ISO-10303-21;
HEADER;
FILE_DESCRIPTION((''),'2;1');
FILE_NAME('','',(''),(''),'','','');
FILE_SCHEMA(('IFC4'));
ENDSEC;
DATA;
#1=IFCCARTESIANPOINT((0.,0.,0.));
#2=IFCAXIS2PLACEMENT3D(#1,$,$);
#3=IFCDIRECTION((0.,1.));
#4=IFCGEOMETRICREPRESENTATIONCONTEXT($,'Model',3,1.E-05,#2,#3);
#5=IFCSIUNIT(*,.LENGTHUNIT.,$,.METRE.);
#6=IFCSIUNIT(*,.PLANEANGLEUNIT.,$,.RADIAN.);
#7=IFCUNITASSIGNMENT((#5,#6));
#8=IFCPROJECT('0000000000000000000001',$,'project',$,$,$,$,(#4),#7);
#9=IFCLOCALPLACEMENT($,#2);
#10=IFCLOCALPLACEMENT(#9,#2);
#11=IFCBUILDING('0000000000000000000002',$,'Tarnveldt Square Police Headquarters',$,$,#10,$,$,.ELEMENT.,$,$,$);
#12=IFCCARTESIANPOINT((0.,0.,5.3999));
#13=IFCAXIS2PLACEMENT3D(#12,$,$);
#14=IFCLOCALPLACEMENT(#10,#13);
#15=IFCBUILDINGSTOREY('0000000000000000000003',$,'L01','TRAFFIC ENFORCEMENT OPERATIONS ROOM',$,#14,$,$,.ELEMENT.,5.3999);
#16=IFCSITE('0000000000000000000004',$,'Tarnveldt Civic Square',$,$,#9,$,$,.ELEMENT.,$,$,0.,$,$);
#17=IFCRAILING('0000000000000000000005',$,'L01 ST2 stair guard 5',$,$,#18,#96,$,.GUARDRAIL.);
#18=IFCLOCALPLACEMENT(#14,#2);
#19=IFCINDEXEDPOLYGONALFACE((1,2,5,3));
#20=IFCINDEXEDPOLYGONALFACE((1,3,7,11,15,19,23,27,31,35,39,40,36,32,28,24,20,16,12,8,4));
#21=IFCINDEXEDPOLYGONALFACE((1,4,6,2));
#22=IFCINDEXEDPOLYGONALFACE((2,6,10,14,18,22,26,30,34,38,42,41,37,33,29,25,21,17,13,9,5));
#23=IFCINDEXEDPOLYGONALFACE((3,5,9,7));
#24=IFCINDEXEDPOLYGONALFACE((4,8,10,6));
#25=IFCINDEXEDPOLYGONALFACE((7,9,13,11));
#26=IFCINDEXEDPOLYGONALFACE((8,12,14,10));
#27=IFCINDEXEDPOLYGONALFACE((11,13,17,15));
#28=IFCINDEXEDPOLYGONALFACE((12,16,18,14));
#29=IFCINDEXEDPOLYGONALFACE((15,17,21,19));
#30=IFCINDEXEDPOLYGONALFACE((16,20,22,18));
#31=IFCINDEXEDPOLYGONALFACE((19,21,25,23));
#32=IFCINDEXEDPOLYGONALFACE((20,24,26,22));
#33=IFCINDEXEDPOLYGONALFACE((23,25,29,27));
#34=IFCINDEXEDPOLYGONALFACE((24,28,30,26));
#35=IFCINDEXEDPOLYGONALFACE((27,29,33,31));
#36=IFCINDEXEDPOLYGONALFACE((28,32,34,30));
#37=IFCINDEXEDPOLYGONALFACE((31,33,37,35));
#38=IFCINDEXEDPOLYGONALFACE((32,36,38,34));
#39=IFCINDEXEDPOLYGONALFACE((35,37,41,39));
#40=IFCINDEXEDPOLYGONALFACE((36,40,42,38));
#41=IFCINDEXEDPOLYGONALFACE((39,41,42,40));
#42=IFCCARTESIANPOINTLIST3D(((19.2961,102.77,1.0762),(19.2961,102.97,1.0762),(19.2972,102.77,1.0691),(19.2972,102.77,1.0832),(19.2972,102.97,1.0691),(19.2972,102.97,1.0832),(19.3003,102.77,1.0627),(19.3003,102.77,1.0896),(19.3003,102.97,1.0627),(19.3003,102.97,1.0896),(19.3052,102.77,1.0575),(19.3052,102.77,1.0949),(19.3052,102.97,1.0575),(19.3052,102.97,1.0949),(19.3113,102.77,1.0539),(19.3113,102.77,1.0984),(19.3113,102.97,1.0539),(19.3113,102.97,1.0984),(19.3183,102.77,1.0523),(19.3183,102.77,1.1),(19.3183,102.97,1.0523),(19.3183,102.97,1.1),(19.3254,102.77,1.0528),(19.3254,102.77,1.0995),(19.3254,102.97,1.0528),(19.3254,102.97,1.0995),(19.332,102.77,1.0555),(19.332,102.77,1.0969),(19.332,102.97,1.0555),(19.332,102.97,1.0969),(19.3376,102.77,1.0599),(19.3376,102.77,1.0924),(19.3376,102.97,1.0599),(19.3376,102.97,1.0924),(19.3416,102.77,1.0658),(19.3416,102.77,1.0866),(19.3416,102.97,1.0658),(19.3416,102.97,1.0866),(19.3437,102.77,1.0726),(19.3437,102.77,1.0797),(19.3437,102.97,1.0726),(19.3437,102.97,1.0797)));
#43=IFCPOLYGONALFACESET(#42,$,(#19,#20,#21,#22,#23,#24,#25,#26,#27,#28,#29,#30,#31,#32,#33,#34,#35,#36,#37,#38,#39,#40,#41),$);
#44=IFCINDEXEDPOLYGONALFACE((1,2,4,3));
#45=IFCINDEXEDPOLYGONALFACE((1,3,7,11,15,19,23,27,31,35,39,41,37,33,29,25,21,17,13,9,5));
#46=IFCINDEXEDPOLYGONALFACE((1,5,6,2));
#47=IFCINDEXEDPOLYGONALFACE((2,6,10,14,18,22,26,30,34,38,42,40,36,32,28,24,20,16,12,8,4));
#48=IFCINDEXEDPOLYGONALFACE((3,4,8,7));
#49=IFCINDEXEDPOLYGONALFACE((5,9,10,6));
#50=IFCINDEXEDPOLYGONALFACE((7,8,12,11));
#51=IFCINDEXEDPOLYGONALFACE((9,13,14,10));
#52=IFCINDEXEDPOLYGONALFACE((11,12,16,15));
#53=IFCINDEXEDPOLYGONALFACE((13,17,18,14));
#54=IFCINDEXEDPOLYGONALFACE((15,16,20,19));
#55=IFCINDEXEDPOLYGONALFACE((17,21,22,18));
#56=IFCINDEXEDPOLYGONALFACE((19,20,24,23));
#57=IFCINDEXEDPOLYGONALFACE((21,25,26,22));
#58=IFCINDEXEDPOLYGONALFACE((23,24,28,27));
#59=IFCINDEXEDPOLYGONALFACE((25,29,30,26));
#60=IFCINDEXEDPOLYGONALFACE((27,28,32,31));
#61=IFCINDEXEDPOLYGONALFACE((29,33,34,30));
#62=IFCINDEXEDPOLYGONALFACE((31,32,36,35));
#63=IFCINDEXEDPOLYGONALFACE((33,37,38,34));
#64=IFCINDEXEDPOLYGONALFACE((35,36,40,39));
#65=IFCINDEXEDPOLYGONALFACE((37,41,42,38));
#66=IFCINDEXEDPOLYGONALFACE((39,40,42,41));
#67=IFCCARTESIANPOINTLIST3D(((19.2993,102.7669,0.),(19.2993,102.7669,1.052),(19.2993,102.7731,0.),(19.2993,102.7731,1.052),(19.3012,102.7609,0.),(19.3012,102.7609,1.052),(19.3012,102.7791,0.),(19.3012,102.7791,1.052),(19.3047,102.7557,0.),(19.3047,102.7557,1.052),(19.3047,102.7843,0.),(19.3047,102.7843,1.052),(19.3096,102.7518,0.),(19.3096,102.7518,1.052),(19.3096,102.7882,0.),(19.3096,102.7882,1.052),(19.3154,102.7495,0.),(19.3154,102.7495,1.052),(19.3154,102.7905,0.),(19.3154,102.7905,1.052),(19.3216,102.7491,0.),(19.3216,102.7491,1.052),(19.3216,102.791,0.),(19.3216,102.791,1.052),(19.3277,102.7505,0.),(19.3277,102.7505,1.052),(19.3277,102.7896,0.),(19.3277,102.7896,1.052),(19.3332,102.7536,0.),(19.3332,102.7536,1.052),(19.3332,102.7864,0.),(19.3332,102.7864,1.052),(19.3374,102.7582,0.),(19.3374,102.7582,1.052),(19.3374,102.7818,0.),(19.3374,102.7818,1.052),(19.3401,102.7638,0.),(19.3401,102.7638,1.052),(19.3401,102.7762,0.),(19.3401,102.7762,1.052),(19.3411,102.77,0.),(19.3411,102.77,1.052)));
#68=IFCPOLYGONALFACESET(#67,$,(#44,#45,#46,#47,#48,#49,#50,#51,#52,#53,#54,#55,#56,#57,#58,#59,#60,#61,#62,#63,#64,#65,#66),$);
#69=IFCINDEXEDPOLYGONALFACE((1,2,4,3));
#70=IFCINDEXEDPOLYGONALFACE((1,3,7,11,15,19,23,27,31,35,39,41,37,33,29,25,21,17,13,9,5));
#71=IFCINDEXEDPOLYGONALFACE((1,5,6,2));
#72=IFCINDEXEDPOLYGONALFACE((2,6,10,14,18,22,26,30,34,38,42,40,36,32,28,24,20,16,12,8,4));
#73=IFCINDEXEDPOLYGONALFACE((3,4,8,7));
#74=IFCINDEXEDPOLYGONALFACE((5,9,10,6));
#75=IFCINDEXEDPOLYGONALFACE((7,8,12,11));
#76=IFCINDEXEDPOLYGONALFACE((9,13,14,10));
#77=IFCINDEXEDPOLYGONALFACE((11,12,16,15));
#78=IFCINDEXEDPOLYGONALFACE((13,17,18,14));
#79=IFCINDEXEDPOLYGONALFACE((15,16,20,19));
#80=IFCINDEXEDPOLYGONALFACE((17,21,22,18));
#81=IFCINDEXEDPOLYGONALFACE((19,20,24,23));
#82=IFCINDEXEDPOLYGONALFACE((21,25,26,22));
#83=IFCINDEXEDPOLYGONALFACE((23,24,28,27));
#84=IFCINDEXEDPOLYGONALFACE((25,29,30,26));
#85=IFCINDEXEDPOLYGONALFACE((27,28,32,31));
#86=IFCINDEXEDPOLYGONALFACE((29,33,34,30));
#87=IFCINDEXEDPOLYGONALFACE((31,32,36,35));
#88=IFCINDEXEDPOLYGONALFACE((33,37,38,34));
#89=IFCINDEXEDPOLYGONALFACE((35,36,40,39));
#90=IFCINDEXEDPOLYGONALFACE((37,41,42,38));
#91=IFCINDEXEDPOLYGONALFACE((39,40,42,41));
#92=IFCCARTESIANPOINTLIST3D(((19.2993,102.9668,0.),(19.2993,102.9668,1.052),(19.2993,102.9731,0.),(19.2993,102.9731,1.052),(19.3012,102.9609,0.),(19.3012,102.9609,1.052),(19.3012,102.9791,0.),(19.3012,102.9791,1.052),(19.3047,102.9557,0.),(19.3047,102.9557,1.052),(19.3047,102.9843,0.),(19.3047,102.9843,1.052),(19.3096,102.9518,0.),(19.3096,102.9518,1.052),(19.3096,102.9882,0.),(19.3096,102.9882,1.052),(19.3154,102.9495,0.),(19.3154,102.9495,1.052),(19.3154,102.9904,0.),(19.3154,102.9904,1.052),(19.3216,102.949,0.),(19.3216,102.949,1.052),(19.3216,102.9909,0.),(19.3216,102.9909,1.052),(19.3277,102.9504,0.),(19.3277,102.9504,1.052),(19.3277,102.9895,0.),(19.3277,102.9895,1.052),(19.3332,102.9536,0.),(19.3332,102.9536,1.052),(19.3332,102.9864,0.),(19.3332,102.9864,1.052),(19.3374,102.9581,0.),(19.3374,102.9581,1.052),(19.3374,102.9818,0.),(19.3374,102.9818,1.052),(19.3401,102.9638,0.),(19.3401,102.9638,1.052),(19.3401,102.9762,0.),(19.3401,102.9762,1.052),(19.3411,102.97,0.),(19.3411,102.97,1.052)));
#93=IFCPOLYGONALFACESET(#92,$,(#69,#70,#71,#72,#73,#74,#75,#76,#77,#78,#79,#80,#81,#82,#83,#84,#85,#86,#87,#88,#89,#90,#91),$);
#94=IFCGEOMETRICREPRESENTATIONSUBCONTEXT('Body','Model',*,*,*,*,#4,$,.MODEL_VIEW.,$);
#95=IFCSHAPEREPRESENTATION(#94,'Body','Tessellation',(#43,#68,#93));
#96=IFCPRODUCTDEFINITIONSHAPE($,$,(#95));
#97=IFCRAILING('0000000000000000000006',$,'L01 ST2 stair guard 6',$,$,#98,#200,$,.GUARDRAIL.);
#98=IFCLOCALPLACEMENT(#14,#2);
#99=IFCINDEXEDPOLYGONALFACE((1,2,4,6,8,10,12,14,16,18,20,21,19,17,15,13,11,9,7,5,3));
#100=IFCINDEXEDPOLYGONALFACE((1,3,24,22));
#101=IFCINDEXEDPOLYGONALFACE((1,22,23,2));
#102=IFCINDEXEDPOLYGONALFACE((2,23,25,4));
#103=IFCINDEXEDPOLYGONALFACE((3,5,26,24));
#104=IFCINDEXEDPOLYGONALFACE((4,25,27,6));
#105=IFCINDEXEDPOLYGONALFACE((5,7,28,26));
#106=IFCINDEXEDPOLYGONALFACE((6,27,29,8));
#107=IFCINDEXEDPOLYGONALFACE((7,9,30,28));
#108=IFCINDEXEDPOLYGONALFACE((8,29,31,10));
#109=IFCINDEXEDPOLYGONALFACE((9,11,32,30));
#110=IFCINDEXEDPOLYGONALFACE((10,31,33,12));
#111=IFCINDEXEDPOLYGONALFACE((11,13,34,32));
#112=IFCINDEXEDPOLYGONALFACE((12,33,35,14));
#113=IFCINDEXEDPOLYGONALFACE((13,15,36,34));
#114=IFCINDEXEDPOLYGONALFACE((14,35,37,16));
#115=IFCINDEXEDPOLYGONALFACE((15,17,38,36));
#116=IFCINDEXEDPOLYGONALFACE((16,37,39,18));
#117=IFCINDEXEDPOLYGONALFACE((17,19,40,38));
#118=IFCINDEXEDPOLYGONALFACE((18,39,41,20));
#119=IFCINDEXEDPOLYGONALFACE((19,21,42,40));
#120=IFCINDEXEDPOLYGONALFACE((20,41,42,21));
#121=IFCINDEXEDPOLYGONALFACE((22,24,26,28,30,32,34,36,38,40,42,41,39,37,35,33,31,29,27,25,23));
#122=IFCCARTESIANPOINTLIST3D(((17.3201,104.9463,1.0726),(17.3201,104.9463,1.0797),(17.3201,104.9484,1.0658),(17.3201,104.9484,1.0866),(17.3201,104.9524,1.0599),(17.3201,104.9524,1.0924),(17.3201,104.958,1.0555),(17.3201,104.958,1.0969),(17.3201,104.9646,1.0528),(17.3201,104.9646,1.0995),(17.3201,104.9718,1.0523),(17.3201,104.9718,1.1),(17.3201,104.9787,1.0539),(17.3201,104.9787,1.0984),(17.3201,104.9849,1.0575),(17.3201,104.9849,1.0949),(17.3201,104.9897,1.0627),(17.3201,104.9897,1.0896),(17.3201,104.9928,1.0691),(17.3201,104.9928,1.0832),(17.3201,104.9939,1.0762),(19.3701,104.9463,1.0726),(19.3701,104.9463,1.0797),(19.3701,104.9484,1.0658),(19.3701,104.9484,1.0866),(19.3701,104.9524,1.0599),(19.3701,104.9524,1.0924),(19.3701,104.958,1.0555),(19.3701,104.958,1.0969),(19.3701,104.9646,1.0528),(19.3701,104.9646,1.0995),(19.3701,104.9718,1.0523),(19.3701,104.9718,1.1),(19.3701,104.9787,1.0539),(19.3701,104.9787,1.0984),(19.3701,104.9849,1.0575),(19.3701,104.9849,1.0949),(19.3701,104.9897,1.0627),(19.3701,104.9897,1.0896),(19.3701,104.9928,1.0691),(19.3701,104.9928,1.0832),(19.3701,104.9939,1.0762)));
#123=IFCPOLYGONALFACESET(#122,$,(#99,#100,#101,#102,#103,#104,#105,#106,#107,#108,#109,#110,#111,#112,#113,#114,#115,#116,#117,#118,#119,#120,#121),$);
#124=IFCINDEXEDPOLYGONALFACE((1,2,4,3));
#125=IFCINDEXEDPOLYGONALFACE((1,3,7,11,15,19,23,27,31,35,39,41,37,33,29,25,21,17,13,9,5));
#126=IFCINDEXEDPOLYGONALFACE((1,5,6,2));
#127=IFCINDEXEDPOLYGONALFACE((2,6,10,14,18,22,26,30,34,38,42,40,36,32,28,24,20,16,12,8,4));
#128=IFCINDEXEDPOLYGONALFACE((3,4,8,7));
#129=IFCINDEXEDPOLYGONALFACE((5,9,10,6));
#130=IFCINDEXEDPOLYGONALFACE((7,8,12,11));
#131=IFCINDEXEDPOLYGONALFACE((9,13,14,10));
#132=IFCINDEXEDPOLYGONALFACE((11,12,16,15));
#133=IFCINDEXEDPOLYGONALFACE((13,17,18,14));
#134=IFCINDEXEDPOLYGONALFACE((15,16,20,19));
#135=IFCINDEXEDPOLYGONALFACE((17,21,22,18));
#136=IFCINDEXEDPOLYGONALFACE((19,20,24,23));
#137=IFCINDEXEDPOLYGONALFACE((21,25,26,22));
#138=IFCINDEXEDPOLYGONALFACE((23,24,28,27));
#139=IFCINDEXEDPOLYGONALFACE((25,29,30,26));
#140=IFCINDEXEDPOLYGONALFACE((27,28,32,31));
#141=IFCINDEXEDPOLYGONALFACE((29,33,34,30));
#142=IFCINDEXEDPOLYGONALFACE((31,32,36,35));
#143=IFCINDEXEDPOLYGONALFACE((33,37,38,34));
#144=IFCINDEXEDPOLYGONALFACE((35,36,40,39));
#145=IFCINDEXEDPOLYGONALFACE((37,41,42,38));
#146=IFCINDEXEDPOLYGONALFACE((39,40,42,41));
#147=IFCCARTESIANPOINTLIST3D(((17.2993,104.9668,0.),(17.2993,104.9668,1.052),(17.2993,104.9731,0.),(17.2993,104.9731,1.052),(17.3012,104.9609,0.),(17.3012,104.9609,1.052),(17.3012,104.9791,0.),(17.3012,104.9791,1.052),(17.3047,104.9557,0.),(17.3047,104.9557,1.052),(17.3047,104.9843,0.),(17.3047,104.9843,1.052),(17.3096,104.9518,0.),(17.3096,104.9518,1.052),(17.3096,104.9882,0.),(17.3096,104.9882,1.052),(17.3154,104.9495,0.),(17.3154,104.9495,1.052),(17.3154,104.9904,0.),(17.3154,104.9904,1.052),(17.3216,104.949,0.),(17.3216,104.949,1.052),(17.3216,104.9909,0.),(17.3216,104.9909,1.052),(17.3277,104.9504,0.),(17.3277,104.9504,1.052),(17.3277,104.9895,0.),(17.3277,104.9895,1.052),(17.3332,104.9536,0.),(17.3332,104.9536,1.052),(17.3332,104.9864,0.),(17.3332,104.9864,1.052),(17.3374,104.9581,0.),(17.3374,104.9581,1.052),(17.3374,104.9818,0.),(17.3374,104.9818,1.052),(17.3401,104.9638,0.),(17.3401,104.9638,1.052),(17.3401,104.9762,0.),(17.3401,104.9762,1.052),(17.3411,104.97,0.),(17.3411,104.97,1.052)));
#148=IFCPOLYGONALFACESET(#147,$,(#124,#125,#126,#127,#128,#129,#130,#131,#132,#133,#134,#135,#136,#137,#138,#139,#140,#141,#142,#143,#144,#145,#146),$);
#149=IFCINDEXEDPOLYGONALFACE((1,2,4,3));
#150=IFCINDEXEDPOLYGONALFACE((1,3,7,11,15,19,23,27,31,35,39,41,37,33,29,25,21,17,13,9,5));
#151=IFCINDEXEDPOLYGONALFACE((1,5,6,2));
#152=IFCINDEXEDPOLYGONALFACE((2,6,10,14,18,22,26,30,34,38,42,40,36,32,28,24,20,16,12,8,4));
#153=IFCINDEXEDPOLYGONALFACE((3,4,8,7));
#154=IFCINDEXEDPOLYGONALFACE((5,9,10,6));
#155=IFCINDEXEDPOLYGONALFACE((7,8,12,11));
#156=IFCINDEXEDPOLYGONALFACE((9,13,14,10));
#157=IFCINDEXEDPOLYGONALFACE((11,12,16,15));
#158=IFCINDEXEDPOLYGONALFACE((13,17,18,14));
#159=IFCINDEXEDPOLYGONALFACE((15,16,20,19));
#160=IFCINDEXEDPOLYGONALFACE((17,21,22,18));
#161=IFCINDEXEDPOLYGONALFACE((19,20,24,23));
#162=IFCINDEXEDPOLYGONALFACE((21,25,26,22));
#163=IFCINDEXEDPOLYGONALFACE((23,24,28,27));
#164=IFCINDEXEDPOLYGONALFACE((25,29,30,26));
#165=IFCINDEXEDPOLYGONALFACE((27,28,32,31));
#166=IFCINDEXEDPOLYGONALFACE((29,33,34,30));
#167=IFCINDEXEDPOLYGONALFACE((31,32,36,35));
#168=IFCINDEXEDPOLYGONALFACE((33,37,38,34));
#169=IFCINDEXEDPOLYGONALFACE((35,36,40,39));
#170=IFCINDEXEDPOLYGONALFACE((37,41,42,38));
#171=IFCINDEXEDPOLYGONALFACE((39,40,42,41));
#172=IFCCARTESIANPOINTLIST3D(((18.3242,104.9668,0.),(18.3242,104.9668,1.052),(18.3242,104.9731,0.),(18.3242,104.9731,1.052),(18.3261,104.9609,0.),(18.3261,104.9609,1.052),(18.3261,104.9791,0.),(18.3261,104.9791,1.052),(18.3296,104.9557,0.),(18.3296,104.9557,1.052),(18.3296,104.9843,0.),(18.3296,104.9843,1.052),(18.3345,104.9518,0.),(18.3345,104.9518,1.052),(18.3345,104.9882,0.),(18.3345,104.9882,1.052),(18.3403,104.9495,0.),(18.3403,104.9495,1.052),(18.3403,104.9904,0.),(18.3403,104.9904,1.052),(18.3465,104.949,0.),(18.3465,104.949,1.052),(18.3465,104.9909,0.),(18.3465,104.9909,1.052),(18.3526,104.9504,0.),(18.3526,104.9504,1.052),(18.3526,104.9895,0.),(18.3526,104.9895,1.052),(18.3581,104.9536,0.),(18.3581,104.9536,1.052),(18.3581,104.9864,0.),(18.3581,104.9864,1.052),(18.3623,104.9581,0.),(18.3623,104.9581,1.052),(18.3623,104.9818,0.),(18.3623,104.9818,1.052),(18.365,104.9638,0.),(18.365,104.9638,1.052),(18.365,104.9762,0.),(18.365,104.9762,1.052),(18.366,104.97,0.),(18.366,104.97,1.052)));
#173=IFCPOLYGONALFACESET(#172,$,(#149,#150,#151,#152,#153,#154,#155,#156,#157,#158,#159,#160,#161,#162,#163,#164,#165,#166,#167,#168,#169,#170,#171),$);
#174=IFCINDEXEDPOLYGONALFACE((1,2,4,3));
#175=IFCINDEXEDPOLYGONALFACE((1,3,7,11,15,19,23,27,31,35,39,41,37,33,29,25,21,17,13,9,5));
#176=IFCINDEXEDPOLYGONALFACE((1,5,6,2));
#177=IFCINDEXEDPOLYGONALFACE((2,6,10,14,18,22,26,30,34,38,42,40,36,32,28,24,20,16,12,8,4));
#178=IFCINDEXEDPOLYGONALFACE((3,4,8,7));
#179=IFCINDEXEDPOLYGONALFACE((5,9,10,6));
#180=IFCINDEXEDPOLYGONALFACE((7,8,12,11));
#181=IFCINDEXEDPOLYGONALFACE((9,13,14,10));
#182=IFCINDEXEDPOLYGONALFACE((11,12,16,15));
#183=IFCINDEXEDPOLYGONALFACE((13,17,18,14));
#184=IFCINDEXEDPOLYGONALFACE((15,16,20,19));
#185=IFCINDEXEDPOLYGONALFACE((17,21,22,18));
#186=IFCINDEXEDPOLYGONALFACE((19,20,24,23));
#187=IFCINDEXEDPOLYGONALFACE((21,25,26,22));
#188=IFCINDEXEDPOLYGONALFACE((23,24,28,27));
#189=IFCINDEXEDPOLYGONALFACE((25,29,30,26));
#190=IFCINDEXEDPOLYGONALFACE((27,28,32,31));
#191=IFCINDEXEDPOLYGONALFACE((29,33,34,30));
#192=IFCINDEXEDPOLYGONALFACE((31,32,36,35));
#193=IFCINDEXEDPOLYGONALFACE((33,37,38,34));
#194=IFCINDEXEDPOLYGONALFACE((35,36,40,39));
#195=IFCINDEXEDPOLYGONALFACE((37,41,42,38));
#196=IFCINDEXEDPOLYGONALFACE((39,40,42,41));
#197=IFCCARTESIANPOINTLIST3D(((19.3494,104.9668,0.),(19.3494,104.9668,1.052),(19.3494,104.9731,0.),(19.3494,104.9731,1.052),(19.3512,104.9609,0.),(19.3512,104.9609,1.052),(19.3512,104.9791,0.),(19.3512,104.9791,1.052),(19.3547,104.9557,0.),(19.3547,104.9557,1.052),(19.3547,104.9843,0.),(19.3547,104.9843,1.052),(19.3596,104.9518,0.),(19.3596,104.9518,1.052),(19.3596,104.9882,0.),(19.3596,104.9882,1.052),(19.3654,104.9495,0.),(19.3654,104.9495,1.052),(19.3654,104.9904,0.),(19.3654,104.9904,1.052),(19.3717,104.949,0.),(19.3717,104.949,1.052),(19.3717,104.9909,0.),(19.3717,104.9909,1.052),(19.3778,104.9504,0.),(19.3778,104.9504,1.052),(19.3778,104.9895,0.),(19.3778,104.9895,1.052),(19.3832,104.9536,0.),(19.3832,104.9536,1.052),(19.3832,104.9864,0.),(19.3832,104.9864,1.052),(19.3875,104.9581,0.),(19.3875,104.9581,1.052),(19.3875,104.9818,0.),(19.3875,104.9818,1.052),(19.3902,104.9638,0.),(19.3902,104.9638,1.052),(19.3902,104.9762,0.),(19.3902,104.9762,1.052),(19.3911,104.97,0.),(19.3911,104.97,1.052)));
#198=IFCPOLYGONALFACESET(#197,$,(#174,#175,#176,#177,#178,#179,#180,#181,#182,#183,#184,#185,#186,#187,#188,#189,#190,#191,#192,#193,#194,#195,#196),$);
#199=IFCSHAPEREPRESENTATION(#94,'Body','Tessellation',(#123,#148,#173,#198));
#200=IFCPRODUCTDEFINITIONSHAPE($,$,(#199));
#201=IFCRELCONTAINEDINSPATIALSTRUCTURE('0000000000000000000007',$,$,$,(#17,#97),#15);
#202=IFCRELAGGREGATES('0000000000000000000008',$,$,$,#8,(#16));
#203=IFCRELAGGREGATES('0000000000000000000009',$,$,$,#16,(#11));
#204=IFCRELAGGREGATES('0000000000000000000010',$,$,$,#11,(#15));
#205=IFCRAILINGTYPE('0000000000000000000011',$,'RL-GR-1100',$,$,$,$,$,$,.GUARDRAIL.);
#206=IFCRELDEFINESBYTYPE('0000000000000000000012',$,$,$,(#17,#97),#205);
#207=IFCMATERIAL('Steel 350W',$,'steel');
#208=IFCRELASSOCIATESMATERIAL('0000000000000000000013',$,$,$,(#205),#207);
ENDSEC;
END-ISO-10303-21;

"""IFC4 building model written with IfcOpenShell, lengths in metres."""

from ifc_helpers import new_model, si_unit, direction, frame, origin, origin_2d, place, context, subcontext, project, spatial, circle, extrude, material, type_object, element, save


model = new_model("IFC4")

# Units and contexts
model_context = context("Model", 3, precision=1e-05, world=origin(), true_north=direction((0.0, 1.0)))
body_context = subcontext(model_context, "Body", "Model", "MODEL_VIEW")
ifc_project = project(units=[si_unit("LENGTHUNIT", "METRE"), si_unit("PLANEANGLEUNIT", "RADIAN")], contexts=[model_context])

# Site, building, storey
site_placement = place(None, origin())
site = spatial("IfcSite", under=ifc_project, at=site_placement, Name="Tarnveldt Civic Square", CompositionType="ELEMENT", RefElevation=0.0)
building_placement = place(site_placement, origin())
building = spatial("IfcBuilding", under=site, at=building_placement, Name="Tarnveldt Square Police Headquarters", CompositionType="ELEMENT")
storey_placement = place(building_placement, frame((0.0, 0.0, 5.3999)))
storey = spatial("IfcBuildingStorey", under=building, at=storey_placement, Name="L01", Description="TRAFFIC ENFORCEMENT OPERATIONS ROOM", CompositionType="ELEMENT", Elevation=5.3999)

# Shared definitions
ifc_material_1 = material(Name="Steel 350W", Category="steel")

# Railings
railing_type_1 = type_object("IfcRailingType", Name="RL-GR-1100", PredefinedType="GUARDRAIL", material=ifc_material_1)
railing_1_placement = place(storey_placement, frame((19.3201, 102.77, 0.0)))
element("IfcRailing", 1, at=railing_1_placement, inside=storey, type_object=railing_type_1, Name="L01 ST2 stair guard 5", PredefinedType="GUARDRAIL", context=body_context, shape_type="SweptSolid", body=[
    extrude(circle(Radius=0.0239, at=origin_2d()), frame((0.0, 0.0, 1.0762), z_axis=(0.0, 1.0, 0.0), x_axis=(-1.0, 0.0, 0.0)), (0.0, 0.0, 1.0), 0.2),
    extrude(circle(Radius=0.021, at=origin_2d()), origin(), (0.0, 0.0, 1.0), 1.052),
    extrude(circle(Radius=0.021, at=origin_2d()), frame((0.0, 0.2, 0.0)), (0.0, 0.0, 1.0), 1.052),
])
railing_2_placement = place(storey_placement, frame((17.3201, 104.97, 0.0)))
element("IfcRailing", 2, at=railing_2_placement, inside=storey, type_object=railing_type_1, Name="L01 ST2 stair guard 6", PredefinedType="GUARDRAIL", context=body_context, shape_type="SweptSolid", body=[
    extrude(circle(Radius=0.0239, at=origin_2d()), frame((0.0, 0.0, 1.0762), z_axis=(1.0, 0.0, 0.0), x_axis=(0.0, 1.0, 0.0)), (0.0, 0.0, 1.0), 2.05),
    extrude(circle(Radius=0.021, at=origin_2d()), origin(), (0.0, 0.0, 1.0), 1.052),
    extrude(circle(Radius=0.021, at=origin_2d()), frame((1.0249, 0.0, 0.0)), (0.0, 0.0, 1.0), 1.052),
    extrude(circle(Radius=0.021, at=origin_2d()), frame((2.05, 0.0, 0.0)), (0.0, 0.0, 1.0), 1.052),
])

save(model, "model.ifc")
